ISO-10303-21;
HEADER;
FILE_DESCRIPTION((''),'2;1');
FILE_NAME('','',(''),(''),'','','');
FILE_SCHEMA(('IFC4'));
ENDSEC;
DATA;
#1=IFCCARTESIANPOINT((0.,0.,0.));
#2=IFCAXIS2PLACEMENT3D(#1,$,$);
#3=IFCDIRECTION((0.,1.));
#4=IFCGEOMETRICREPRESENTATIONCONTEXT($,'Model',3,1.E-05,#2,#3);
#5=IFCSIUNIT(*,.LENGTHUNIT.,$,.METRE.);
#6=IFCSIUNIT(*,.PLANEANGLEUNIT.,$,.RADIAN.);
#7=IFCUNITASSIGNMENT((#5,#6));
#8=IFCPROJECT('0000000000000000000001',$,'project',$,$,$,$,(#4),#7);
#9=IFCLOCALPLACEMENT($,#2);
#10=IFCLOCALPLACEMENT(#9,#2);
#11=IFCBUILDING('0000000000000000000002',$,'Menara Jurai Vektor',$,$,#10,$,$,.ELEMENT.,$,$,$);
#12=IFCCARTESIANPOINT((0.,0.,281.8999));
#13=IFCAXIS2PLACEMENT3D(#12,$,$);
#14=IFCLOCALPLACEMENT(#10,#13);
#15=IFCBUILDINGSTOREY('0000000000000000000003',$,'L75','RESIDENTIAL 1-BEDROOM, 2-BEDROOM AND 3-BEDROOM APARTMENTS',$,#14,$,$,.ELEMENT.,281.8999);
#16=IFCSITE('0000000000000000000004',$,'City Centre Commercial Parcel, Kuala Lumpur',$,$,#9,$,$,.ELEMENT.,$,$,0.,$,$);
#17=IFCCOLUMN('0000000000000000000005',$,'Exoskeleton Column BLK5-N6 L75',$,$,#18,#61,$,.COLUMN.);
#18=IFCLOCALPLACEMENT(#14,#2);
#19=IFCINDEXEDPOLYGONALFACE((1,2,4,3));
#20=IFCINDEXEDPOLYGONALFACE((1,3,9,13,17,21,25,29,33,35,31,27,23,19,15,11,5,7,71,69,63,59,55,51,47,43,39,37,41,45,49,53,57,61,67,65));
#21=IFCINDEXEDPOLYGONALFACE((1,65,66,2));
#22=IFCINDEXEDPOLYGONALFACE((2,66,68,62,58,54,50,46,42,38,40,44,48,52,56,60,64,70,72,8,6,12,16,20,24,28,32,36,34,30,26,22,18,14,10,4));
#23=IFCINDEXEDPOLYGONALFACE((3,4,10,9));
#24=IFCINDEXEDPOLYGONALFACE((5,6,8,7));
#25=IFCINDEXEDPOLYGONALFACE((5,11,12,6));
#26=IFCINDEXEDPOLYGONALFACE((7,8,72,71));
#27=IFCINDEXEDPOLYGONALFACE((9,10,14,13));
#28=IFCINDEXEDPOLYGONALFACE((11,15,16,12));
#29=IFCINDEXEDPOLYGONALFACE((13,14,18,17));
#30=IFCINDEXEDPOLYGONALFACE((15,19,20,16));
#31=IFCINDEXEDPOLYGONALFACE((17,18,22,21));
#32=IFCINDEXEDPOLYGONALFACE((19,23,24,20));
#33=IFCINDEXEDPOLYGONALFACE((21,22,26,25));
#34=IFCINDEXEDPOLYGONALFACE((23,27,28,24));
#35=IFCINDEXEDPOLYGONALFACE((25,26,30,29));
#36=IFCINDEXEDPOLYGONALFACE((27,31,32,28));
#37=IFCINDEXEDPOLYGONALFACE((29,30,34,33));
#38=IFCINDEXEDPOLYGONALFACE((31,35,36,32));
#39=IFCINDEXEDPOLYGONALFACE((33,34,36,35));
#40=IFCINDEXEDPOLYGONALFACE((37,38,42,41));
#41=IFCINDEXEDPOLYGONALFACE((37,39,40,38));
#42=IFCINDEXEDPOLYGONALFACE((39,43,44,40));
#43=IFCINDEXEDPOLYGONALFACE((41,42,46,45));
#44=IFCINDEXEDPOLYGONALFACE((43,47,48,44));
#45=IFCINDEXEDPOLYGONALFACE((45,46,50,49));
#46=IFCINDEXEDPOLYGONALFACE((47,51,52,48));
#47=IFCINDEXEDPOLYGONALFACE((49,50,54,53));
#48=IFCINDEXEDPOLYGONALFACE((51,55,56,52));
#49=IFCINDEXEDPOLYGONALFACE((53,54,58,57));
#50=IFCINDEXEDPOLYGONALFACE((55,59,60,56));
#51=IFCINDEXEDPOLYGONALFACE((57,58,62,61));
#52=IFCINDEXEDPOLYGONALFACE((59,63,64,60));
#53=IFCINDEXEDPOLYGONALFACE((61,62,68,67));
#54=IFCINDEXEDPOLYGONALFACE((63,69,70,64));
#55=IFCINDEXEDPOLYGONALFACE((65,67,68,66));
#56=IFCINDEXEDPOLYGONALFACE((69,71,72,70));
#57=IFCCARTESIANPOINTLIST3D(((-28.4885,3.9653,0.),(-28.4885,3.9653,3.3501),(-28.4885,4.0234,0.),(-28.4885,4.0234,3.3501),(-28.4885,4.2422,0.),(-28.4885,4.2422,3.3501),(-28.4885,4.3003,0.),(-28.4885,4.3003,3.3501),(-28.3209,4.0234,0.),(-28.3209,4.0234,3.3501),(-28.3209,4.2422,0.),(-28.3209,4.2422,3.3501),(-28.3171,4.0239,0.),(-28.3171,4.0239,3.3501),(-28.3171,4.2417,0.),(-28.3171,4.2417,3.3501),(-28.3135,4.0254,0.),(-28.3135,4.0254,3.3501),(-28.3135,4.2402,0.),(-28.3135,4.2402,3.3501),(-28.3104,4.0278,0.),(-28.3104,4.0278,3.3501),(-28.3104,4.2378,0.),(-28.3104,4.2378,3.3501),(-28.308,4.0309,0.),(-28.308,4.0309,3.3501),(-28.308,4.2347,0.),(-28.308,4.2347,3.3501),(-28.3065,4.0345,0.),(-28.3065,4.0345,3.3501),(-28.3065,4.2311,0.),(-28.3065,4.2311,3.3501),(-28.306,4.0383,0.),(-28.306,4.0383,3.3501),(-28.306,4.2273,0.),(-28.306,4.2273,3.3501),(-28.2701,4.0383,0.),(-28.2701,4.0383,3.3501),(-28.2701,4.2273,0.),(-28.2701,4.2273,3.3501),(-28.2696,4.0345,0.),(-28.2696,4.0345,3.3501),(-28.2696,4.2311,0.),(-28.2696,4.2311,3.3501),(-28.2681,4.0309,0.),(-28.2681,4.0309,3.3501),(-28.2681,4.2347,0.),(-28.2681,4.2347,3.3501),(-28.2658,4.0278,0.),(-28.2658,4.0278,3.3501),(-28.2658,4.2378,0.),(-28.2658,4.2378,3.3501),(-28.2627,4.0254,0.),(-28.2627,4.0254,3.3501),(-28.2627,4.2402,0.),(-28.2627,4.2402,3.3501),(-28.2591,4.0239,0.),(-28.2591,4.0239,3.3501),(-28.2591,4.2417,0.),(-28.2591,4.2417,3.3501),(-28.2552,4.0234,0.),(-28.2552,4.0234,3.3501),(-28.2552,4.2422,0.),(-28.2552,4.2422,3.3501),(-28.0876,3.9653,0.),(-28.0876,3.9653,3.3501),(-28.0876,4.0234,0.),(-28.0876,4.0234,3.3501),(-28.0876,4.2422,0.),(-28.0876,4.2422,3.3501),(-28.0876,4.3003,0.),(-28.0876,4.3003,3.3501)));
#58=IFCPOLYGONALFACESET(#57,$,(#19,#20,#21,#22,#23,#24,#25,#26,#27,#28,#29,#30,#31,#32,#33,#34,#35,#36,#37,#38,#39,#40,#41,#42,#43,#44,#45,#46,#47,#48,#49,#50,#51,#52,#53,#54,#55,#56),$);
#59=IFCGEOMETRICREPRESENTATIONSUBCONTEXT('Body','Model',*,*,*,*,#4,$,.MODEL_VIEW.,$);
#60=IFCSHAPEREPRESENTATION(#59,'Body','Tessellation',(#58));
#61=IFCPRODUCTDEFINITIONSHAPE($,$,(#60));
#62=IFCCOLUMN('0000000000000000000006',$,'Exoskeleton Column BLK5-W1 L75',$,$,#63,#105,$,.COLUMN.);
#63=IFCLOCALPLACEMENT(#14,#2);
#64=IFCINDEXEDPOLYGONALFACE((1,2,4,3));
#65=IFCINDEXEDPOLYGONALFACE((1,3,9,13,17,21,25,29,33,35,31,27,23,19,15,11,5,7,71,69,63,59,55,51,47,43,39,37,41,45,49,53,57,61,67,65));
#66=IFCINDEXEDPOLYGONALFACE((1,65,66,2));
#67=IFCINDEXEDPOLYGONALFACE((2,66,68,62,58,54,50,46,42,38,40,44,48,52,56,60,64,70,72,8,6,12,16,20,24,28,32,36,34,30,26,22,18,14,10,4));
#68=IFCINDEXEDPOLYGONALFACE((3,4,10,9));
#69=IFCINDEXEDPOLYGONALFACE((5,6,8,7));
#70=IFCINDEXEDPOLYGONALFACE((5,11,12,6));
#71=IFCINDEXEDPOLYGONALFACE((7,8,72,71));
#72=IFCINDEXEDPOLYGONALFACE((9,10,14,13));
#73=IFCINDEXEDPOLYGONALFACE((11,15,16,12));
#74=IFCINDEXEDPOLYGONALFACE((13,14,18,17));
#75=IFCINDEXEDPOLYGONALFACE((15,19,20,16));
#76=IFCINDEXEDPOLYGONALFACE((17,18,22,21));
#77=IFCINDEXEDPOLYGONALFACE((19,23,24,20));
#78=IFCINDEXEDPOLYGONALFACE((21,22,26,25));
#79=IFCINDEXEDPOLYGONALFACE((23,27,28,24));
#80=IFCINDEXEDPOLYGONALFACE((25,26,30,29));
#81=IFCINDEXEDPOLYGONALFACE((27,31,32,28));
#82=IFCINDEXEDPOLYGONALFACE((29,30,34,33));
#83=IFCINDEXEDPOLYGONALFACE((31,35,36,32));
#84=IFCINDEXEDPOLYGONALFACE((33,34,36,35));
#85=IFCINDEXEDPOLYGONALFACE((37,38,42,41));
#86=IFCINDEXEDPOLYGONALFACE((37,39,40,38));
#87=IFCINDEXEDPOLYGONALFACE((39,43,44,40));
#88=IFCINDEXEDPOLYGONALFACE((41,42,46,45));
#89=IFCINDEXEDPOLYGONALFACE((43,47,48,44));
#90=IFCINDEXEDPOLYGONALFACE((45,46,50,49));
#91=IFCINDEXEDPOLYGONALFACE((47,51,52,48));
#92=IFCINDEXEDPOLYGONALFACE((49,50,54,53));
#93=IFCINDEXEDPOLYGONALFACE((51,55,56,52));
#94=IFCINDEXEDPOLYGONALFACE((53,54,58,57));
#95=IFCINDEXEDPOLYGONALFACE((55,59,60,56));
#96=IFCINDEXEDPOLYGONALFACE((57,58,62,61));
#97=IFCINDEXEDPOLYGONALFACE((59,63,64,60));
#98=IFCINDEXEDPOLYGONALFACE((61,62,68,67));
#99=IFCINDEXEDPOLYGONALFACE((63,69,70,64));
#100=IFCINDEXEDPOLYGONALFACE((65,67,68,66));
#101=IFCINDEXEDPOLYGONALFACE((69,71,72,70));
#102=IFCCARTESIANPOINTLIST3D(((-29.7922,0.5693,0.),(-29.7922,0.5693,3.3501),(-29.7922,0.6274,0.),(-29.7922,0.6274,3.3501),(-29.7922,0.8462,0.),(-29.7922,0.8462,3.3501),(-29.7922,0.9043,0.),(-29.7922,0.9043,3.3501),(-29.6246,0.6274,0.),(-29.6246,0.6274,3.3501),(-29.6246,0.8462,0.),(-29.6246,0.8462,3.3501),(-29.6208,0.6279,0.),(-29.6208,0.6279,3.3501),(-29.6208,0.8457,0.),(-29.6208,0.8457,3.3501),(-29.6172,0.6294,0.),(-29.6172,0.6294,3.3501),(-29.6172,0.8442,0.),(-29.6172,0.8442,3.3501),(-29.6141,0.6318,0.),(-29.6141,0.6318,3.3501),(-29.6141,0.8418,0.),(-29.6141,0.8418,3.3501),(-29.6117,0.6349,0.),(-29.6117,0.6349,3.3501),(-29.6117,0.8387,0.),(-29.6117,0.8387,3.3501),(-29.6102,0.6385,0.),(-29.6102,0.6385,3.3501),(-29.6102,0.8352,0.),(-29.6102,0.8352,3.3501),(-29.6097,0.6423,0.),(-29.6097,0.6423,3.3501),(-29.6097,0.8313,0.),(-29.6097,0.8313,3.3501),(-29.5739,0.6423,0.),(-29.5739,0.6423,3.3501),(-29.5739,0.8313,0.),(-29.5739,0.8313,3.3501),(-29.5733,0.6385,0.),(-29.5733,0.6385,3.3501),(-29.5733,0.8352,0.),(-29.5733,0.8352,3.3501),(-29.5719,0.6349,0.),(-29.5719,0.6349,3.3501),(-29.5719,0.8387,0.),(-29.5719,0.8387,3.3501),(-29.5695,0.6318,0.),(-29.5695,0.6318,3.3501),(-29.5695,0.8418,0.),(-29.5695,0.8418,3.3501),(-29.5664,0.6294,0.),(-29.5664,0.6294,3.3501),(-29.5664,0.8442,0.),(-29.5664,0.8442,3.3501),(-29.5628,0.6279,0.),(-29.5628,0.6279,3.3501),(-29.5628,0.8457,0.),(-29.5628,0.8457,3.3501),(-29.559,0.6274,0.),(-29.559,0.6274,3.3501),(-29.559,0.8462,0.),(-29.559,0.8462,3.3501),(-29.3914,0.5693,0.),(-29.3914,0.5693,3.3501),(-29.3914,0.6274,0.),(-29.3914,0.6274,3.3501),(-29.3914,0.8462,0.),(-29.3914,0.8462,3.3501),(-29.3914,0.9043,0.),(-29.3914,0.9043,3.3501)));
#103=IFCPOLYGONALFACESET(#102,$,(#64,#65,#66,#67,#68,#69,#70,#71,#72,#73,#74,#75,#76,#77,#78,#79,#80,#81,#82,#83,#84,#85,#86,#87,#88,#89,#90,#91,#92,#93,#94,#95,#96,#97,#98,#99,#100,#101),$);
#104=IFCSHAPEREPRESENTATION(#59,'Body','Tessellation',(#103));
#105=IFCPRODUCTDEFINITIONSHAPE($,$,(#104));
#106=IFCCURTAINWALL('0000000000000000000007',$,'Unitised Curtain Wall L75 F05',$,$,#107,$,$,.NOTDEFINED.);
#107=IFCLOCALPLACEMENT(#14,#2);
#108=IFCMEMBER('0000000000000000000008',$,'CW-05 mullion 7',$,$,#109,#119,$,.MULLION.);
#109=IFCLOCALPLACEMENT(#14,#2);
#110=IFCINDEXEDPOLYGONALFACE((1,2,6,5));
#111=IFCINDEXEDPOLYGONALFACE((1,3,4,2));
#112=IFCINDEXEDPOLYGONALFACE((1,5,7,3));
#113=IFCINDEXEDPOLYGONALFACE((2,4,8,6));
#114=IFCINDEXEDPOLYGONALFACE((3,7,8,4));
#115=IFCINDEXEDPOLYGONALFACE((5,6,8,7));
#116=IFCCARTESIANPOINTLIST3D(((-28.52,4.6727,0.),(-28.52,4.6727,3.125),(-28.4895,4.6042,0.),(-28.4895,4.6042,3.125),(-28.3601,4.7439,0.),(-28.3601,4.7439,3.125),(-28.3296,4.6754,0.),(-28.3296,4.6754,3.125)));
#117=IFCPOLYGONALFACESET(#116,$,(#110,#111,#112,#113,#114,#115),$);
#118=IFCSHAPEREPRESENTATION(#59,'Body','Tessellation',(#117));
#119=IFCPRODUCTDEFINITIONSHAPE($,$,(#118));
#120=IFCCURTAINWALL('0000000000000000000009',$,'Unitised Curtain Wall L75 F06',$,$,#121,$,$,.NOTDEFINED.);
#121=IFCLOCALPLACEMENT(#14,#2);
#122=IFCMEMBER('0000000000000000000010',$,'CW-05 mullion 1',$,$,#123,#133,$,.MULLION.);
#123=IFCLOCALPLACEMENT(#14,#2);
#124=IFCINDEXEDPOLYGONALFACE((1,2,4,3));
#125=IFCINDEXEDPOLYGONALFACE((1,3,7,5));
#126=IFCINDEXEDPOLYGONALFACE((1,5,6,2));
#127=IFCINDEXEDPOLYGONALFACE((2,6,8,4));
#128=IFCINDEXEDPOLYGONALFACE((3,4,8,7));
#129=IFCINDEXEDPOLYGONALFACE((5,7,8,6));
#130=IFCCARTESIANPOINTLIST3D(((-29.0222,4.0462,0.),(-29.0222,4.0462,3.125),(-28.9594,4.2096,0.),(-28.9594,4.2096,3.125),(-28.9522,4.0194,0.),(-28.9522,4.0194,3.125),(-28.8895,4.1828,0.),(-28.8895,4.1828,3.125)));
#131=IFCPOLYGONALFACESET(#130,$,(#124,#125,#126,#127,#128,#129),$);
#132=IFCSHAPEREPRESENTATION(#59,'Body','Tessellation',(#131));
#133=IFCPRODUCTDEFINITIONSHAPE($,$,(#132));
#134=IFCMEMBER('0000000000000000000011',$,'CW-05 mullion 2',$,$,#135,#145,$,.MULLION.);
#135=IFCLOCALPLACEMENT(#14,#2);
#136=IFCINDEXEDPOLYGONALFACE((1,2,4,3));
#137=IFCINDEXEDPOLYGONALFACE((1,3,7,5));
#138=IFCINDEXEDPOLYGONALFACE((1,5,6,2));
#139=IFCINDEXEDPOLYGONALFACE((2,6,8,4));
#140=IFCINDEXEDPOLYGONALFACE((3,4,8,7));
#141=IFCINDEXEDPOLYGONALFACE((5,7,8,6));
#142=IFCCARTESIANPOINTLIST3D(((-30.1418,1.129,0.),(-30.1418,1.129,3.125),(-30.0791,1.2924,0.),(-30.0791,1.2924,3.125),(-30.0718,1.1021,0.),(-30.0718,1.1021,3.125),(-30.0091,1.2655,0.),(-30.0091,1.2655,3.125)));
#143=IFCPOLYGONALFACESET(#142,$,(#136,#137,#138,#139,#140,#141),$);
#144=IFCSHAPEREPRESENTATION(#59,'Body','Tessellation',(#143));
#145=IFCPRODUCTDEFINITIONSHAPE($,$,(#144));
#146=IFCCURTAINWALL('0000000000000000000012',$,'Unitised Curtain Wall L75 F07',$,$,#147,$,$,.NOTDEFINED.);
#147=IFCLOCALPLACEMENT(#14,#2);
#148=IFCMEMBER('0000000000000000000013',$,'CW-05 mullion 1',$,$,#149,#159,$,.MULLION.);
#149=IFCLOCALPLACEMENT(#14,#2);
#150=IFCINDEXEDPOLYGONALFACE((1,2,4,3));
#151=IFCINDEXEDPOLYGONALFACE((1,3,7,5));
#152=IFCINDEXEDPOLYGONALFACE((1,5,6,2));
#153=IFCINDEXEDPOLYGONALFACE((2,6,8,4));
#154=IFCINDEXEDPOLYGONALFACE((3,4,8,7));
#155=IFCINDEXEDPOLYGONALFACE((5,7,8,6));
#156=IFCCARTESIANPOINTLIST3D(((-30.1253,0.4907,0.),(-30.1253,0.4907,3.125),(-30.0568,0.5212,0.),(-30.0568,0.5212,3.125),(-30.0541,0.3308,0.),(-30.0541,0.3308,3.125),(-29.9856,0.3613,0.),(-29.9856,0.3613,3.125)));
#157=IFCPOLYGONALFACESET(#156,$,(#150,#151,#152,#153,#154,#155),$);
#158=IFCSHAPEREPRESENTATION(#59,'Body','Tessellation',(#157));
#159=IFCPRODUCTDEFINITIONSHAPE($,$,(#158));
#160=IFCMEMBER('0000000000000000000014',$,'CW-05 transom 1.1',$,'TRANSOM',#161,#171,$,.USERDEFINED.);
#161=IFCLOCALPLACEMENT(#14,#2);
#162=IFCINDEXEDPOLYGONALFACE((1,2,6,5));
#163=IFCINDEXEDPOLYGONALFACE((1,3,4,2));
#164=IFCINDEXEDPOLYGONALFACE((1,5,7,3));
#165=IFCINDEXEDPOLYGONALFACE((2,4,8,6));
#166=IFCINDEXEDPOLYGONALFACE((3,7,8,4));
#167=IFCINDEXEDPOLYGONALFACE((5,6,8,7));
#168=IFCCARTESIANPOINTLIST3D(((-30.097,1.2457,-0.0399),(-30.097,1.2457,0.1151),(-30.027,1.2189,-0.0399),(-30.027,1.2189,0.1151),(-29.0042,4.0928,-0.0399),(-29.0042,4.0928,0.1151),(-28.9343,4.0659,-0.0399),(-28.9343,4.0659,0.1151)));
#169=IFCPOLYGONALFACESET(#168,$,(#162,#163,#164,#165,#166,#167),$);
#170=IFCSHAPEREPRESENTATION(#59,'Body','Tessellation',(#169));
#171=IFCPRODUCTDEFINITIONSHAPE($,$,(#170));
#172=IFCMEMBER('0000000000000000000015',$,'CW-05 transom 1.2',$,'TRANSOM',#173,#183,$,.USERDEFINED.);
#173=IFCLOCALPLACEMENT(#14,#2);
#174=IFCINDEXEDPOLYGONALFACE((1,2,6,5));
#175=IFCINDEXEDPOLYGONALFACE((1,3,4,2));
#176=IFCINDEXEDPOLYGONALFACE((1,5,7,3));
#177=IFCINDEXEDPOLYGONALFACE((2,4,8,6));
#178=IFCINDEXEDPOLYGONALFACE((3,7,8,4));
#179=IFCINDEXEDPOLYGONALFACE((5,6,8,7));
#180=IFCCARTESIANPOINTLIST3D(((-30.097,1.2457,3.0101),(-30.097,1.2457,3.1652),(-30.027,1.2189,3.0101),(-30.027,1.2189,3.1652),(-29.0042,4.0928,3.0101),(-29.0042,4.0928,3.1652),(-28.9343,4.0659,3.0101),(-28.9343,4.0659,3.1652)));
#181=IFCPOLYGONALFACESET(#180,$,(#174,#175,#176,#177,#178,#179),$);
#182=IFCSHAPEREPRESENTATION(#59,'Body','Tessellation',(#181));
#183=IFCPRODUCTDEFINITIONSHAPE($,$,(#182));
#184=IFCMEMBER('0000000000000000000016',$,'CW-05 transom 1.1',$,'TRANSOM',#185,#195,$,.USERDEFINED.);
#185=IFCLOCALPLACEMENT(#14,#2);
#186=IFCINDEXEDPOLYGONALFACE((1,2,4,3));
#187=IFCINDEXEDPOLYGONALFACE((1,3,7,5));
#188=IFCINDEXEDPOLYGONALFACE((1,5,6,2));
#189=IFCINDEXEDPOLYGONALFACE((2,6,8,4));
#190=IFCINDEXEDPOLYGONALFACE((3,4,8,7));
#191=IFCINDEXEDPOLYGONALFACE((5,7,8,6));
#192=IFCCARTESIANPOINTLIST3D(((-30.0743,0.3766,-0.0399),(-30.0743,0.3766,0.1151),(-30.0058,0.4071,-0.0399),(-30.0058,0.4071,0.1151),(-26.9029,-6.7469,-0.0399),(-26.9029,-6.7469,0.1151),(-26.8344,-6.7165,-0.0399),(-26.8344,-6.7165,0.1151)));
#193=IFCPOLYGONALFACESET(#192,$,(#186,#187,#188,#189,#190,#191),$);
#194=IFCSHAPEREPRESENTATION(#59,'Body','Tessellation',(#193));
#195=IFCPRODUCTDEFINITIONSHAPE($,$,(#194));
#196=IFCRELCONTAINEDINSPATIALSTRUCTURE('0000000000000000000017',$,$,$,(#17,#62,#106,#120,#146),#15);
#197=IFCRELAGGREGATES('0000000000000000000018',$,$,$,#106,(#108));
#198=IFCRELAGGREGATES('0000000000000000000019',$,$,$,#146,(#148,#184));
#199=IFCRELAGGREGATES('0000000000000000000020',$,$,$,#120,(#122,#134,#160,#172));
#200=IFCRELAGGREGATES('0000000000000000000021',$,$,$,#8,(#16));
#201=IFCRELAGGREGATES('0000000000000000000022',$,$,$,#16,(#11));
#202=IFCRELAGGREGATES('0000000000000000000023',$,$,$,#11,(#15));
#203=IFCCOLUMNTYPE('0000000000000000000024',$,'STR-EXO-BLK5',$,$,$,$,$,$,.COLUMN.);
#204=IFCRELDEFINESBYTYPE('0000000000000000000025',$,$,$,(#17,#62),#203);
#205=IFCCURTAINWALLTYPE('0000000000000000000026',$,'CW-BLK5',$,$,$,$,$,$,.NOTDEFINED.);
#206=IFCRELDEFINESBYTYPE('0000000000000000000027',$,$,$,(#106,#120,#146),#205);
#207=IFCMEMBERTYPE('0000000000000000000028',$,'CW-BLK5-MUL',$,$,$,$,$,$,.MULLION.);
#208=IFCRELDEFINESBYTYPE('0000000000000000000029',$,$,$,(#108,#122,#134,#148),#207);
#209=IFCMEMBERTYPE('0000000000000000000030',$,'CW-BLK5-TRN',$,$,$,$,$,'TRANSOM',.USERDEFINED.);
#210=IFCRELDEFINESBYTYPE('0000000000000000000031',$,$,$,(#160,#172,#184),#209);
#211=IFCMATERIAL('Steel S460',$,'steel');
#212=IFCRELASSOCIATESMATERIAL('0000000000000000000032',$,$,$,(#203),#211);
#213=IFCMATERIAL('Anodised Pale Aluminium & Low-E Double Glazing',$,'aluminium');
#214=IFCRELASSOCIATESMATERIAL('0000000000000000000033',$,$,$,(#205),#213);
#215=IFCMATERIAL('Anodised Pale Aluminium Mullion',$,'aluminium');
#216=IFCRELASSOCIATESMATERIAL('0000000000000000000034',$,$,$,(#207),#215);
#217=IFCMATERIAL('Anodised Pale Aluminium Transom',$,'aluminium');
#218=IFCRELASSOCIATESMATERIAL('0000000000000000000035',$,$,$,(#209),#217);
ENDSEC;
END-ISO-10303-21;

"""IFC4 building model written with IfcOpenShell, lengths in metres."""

from ifc_helpers import new_model, si_unit, direction, frame, origin, origin_2d, place, context, subcontext, project, spatial, rectangle, i_section, extrude, material, material_profile, profile_set, type_object, element, aggregate, save


model = new_model("IFC4")

# Units and contexts
model_context = context("Model", 3, precision=1e-05, world=origin(), true_north=direction((0.0, 1.0)))
body_context = subcontext(model_context, "Body", "Model", "MODEL_VIEW")
ifc_project = project(units=[si_unit("LENGTHUNIT", "METRE"), si_unit("PLANEANGLEUNIT", "RADIAN")], contexts=[model_context])

# Site, building, storey
site_placement = place(None, origin())
site = spatial("IfcSite", under=ifc_project, at=site_placement, Name="City Centre Commercial Parcel, Kuala Lumpur", CompositionType="ELEMENT", RefElevation=0.0)
building_placement = place(site_placement, origin())
building = spatial("IfcBuilding", under=site, at=building_placement, Name="Menara Jurai Vektor", CompositionType="ELEMENT")
storey_placement = place(building_placement, frame((0.0, 0.0, 281.8999)))
storey = spatial("IfcBuildingStorey", under=building, at=storey_placement, Name="L75", Description="RESIDENTIAL 1-BEDROOM, 2-BEDROOM AND 3-BEDROOM APARTMENTS", CompositionType="ELEMENT", Elevation=281.8999)

# Columns
ifc_material_1 = material(Name="Steel S460", Category="steel")
ifc_material_profile_1 = material_profile(ifc_material_1, i_section(OverallWidth=0.4009, OverallDepth=0.335, WebThickness=0.0359, FlangeThickness=0.0581, FilletRadius=0.0149, at=origin_2d()), Name="HD 400x463")
ifc_profile_set_1 = profile_set([ifc_material_profile_1], Name="Steel S460")
column_type = type_object("IfcColumnType", Name="STR-EXO-BLK5", PredefinedType="COLUMN", material=ifc_profile_set_1)
for number, where, z_axis, x_axis, name in (
    (1, (-28.2881, 4.1328, 0.0), (0.0, 0.0, 1.0), (1.0, 0.0, 0.0), "Exoskeleton Column BLK5-N6 L75"),
    (2, (-29.5918, 0.7368, 0.0), (0.0, 0.0, 1.0), (1.0, 0.0, 0.0), "Exoskeleton Column BLK5-W1 L75"),
):
    element("IfcColumn", number, at=place(storey_placement, frame(where, z_axis=z_axis, x_axis=x_axis)), inside=storey, type_object=column_type, Name=name, PredefinedType="COLUMN", context=body_context, shape_type="SweptSolid", body=[
        extrude(i_section(OverallWidth=0.4009, OverallDepth=0.335, WebThickness=0.0359, FlangeThickness=0.0581, FilletRadius=0.0149, at=origin_2d()), origin(), (0.0, 0.0, 1.0), 3.3501),
    ])

# Curtain wall, member
ifc_material_2 = material(Name="Anodised Pale Aluminium & Low-E Double Glazing", Category="aluminium")
curtain_wall_type = type_object("IfcCurtainWallType", Name="CW-BLK5", PredefinedType="NOTDEFINED", material=ifc_material_2)
curtain_wall_1_placement = place(storey_placement, origin())
curtain_wall_1 = element("IfcCurtainWall", 3, at=curtain_wall_1_placement, inside=storey, type_object=curtain_wall_type, Name="Unitised Curtain Wall L75 F05", PredefinedType="NOTDEFINED")
ifc_material_3 = material(Name="Anodised Pale Aluminium Mullion", Category="aluminium")
ifc_material_profile_2 = material_profile(ifc_material_3, rectangle(XDim=0.075, YDim=0.175, at=origin_2d()), Name="ALU MUL 75x175")
ifc_profile_set_2 = profile_set([ifc_material_profile_2], Name="Anodised Pale Aluminium Mullion")
member_type_1 = type_object("IfcMemberType", Name="CW-BLK5-MUL", PredefinedType="MULLION", material=ifc_profile_set_2)
member_1_placement = place(storey_placement, frame((-28.4248, 4.6741, 0.0), z_axis=(0.0, 0.0, 1.0), x_axis=(0.406735, -0.913546, 0.0)))
member_1 = element("IfcMember", 4, at=member_1_placement, type_object=member_type_1, Name="CW-05 mullion 7", PredefinedType="MULLION", context=body_context, shape_type="SweptSolid", body=[
    extrude(rectangle(XDim=0.075, YDim=0.175, at=origin_2d()), origin(), (0.0, 0.0, 1.0), 3.125),
])

# Curtain wall, members
curtain_wall_2_placement = place(storey_placement, origin())
curtain_wall_2 = element("IfcCurtainWall", 5, at=curtain_wall_2_placement, inside=storey, type_object=curtain_wall_type, Name="Unitised Curtain Wall L75 F06", PredefinedType="NOTDEFINED")
member_2_placement = place(storey_placement, frame((-28.9558, 4.1145, 0.0), z_axis=(0.0, 0.0, 1.0), x_axis=(0.933578, -0.358374, 0.0)))
member_2 = element("IfcMember", 6, at=member_2_placement, type_object=member_type_1, Name="CW-05 mullion 1", PredefinedType="MULLION", context=body_context, shape_type="SweptSolid", body=[
    extrude(rectangle(XDim=0.075, YDim=0.175, at=origin_2d()), origin(), (0.0, 0.0, 1.0), 3.125),
])
member_3_placement = place(storey_placement, frame((-30.0754, 1.1973, 0.0), z_axis=(0.0, 0.0, 1.0), x_axis=(0.933578, -0.358374, 0.0)))
member_3 = element("IfcMember", 7, at=member_3_placement, type_object=member_type_1, Name="CW-05 mullion 2", PredefinedType="MULLION", context=body_context, shape_type="SweptSolid", body=[
    extrude(rectangle(XDim=0.075, YDim=0.175, at=origin_2d()), origin(), (0.0, 0.0, 1.0), 3.125),
])

# Curtain wall, member
curtain_wall_3_placement = place(storey_placement, origin())
curtain_wall_3 = element("IfcCurtainWall", 8, at=curtain_wall_3_placement, inside=storey, type_object=curtain_wall_type, Name="Unitised Curtain Wall L75 F07", PredefinedType="NOTDEFINED")
member_4_placement = place(storey_placement, frame((-30.0554, 0.426, 0.0), z_axis=(0.0, 0.0, 1.0), x_axis=(0.913546, 0.406735, 0.0)))
member_4 = element("IfcMember", 9, at=member_4_placement, type_object=member_type_1, Name="CW-05 mullion 1", PredefinedType="MULLION", context=body_context, shape_type="SweptSolid", body=[
    extrude(rectangle(XDim=0.075, YDim=0.175, at=origin_2d()), origin(), (0.0, 0.0, 1.0), 3.125),
])

# Members
ifc_material_4 = material(Name="Anodised Pale Aluminium Transom", Category="aluminium")
ifc_material_profile_3 = material_profile(ifc_material_4, rectangle(XDim=0.075, YDim=0.155, at=origin_2d()), Name="ALU TRN 75x155")
ifc_profile_set_3 = profile_set([ifc_material_profile_3], Name="Anodised Pale Aluminium Transom")
member_type_2 = type_object("IfcMemberType", Name="CW-BLK5-TRN", ElementType="TRANSOM", PredefinedType="USERDEFINED", material=ifc_profile_set_3)
member_5_placement = place(storey_placement, frame((-28.9692, 4.0793, 0.0376), z_axis=(-0.358325, -0.933597, 0.0), x_axis=(0.933597, -0.358325, 0.0)))
member_5 = element("IfcMember", 10, at=member_5_placement, type_object=member_type_2, Name="CW-05 transom 1.1", ObjectType="TRANSOM", PredefinedType="USERDEFINED", context=body_context, shape_type="SweptSolid", body=[
    extrude(rectangle(XDim=0.075, YDim=0.155, at=origin_2d()), origin(), (0.0, 0.0, 1.0), 3.0496),
])
member_6_placement = place(storey_placement, frame((-28.9692, 4.0793, 3.0876), z_axis=(-0.358325, -0.933597, 0.0), x_axis=(0.933597, -0.358325, 0.0)))
member_6 = element("IfcMember", 11, at=member_6_placement, type_object=member_type_2, Name="CW-05 transom 1.2", ObjectType="TRANSOM", PredefinedType="USERDEFINED", context=body_context, shape_type="SweptSolid", body=[
    extrude(rectangle(XDim=0.075, YDim=0.155, at=origin_2d()), origin(), (0.0, 0.0, 1.0), 3.0496),
])
member_7_placement = place(storey_placement, frame((-30.04, 0.3918, 0.0376), z_axis=(0.406714, -0.913556, 0.0), x_axis=(0.913556, 0.406714, 0.0)))
member_7 = element("IfcMember", 12, at=member_7_placement, type_object=member_type_2, Name="CW-05 transom 1.1", ObjectType="TRANSOM", PredefinedType="USERDEFINED", context=body_context, shape_type="SweptSolid", body=[
    extrude(rectangle(XDim=0.075, YDim=0.155, at=origin_2d()), origin(), (0.0, 0.0, 1.0), 7.7976),
])

aggregate(curtain_wall_1, [member_1])
aggregate(curtain_wall_3, [member_4, member_7])
aggregate(curtain_wall_2, [member_2, member_3, member_5, member_6])

save(model, "model.ifc")
